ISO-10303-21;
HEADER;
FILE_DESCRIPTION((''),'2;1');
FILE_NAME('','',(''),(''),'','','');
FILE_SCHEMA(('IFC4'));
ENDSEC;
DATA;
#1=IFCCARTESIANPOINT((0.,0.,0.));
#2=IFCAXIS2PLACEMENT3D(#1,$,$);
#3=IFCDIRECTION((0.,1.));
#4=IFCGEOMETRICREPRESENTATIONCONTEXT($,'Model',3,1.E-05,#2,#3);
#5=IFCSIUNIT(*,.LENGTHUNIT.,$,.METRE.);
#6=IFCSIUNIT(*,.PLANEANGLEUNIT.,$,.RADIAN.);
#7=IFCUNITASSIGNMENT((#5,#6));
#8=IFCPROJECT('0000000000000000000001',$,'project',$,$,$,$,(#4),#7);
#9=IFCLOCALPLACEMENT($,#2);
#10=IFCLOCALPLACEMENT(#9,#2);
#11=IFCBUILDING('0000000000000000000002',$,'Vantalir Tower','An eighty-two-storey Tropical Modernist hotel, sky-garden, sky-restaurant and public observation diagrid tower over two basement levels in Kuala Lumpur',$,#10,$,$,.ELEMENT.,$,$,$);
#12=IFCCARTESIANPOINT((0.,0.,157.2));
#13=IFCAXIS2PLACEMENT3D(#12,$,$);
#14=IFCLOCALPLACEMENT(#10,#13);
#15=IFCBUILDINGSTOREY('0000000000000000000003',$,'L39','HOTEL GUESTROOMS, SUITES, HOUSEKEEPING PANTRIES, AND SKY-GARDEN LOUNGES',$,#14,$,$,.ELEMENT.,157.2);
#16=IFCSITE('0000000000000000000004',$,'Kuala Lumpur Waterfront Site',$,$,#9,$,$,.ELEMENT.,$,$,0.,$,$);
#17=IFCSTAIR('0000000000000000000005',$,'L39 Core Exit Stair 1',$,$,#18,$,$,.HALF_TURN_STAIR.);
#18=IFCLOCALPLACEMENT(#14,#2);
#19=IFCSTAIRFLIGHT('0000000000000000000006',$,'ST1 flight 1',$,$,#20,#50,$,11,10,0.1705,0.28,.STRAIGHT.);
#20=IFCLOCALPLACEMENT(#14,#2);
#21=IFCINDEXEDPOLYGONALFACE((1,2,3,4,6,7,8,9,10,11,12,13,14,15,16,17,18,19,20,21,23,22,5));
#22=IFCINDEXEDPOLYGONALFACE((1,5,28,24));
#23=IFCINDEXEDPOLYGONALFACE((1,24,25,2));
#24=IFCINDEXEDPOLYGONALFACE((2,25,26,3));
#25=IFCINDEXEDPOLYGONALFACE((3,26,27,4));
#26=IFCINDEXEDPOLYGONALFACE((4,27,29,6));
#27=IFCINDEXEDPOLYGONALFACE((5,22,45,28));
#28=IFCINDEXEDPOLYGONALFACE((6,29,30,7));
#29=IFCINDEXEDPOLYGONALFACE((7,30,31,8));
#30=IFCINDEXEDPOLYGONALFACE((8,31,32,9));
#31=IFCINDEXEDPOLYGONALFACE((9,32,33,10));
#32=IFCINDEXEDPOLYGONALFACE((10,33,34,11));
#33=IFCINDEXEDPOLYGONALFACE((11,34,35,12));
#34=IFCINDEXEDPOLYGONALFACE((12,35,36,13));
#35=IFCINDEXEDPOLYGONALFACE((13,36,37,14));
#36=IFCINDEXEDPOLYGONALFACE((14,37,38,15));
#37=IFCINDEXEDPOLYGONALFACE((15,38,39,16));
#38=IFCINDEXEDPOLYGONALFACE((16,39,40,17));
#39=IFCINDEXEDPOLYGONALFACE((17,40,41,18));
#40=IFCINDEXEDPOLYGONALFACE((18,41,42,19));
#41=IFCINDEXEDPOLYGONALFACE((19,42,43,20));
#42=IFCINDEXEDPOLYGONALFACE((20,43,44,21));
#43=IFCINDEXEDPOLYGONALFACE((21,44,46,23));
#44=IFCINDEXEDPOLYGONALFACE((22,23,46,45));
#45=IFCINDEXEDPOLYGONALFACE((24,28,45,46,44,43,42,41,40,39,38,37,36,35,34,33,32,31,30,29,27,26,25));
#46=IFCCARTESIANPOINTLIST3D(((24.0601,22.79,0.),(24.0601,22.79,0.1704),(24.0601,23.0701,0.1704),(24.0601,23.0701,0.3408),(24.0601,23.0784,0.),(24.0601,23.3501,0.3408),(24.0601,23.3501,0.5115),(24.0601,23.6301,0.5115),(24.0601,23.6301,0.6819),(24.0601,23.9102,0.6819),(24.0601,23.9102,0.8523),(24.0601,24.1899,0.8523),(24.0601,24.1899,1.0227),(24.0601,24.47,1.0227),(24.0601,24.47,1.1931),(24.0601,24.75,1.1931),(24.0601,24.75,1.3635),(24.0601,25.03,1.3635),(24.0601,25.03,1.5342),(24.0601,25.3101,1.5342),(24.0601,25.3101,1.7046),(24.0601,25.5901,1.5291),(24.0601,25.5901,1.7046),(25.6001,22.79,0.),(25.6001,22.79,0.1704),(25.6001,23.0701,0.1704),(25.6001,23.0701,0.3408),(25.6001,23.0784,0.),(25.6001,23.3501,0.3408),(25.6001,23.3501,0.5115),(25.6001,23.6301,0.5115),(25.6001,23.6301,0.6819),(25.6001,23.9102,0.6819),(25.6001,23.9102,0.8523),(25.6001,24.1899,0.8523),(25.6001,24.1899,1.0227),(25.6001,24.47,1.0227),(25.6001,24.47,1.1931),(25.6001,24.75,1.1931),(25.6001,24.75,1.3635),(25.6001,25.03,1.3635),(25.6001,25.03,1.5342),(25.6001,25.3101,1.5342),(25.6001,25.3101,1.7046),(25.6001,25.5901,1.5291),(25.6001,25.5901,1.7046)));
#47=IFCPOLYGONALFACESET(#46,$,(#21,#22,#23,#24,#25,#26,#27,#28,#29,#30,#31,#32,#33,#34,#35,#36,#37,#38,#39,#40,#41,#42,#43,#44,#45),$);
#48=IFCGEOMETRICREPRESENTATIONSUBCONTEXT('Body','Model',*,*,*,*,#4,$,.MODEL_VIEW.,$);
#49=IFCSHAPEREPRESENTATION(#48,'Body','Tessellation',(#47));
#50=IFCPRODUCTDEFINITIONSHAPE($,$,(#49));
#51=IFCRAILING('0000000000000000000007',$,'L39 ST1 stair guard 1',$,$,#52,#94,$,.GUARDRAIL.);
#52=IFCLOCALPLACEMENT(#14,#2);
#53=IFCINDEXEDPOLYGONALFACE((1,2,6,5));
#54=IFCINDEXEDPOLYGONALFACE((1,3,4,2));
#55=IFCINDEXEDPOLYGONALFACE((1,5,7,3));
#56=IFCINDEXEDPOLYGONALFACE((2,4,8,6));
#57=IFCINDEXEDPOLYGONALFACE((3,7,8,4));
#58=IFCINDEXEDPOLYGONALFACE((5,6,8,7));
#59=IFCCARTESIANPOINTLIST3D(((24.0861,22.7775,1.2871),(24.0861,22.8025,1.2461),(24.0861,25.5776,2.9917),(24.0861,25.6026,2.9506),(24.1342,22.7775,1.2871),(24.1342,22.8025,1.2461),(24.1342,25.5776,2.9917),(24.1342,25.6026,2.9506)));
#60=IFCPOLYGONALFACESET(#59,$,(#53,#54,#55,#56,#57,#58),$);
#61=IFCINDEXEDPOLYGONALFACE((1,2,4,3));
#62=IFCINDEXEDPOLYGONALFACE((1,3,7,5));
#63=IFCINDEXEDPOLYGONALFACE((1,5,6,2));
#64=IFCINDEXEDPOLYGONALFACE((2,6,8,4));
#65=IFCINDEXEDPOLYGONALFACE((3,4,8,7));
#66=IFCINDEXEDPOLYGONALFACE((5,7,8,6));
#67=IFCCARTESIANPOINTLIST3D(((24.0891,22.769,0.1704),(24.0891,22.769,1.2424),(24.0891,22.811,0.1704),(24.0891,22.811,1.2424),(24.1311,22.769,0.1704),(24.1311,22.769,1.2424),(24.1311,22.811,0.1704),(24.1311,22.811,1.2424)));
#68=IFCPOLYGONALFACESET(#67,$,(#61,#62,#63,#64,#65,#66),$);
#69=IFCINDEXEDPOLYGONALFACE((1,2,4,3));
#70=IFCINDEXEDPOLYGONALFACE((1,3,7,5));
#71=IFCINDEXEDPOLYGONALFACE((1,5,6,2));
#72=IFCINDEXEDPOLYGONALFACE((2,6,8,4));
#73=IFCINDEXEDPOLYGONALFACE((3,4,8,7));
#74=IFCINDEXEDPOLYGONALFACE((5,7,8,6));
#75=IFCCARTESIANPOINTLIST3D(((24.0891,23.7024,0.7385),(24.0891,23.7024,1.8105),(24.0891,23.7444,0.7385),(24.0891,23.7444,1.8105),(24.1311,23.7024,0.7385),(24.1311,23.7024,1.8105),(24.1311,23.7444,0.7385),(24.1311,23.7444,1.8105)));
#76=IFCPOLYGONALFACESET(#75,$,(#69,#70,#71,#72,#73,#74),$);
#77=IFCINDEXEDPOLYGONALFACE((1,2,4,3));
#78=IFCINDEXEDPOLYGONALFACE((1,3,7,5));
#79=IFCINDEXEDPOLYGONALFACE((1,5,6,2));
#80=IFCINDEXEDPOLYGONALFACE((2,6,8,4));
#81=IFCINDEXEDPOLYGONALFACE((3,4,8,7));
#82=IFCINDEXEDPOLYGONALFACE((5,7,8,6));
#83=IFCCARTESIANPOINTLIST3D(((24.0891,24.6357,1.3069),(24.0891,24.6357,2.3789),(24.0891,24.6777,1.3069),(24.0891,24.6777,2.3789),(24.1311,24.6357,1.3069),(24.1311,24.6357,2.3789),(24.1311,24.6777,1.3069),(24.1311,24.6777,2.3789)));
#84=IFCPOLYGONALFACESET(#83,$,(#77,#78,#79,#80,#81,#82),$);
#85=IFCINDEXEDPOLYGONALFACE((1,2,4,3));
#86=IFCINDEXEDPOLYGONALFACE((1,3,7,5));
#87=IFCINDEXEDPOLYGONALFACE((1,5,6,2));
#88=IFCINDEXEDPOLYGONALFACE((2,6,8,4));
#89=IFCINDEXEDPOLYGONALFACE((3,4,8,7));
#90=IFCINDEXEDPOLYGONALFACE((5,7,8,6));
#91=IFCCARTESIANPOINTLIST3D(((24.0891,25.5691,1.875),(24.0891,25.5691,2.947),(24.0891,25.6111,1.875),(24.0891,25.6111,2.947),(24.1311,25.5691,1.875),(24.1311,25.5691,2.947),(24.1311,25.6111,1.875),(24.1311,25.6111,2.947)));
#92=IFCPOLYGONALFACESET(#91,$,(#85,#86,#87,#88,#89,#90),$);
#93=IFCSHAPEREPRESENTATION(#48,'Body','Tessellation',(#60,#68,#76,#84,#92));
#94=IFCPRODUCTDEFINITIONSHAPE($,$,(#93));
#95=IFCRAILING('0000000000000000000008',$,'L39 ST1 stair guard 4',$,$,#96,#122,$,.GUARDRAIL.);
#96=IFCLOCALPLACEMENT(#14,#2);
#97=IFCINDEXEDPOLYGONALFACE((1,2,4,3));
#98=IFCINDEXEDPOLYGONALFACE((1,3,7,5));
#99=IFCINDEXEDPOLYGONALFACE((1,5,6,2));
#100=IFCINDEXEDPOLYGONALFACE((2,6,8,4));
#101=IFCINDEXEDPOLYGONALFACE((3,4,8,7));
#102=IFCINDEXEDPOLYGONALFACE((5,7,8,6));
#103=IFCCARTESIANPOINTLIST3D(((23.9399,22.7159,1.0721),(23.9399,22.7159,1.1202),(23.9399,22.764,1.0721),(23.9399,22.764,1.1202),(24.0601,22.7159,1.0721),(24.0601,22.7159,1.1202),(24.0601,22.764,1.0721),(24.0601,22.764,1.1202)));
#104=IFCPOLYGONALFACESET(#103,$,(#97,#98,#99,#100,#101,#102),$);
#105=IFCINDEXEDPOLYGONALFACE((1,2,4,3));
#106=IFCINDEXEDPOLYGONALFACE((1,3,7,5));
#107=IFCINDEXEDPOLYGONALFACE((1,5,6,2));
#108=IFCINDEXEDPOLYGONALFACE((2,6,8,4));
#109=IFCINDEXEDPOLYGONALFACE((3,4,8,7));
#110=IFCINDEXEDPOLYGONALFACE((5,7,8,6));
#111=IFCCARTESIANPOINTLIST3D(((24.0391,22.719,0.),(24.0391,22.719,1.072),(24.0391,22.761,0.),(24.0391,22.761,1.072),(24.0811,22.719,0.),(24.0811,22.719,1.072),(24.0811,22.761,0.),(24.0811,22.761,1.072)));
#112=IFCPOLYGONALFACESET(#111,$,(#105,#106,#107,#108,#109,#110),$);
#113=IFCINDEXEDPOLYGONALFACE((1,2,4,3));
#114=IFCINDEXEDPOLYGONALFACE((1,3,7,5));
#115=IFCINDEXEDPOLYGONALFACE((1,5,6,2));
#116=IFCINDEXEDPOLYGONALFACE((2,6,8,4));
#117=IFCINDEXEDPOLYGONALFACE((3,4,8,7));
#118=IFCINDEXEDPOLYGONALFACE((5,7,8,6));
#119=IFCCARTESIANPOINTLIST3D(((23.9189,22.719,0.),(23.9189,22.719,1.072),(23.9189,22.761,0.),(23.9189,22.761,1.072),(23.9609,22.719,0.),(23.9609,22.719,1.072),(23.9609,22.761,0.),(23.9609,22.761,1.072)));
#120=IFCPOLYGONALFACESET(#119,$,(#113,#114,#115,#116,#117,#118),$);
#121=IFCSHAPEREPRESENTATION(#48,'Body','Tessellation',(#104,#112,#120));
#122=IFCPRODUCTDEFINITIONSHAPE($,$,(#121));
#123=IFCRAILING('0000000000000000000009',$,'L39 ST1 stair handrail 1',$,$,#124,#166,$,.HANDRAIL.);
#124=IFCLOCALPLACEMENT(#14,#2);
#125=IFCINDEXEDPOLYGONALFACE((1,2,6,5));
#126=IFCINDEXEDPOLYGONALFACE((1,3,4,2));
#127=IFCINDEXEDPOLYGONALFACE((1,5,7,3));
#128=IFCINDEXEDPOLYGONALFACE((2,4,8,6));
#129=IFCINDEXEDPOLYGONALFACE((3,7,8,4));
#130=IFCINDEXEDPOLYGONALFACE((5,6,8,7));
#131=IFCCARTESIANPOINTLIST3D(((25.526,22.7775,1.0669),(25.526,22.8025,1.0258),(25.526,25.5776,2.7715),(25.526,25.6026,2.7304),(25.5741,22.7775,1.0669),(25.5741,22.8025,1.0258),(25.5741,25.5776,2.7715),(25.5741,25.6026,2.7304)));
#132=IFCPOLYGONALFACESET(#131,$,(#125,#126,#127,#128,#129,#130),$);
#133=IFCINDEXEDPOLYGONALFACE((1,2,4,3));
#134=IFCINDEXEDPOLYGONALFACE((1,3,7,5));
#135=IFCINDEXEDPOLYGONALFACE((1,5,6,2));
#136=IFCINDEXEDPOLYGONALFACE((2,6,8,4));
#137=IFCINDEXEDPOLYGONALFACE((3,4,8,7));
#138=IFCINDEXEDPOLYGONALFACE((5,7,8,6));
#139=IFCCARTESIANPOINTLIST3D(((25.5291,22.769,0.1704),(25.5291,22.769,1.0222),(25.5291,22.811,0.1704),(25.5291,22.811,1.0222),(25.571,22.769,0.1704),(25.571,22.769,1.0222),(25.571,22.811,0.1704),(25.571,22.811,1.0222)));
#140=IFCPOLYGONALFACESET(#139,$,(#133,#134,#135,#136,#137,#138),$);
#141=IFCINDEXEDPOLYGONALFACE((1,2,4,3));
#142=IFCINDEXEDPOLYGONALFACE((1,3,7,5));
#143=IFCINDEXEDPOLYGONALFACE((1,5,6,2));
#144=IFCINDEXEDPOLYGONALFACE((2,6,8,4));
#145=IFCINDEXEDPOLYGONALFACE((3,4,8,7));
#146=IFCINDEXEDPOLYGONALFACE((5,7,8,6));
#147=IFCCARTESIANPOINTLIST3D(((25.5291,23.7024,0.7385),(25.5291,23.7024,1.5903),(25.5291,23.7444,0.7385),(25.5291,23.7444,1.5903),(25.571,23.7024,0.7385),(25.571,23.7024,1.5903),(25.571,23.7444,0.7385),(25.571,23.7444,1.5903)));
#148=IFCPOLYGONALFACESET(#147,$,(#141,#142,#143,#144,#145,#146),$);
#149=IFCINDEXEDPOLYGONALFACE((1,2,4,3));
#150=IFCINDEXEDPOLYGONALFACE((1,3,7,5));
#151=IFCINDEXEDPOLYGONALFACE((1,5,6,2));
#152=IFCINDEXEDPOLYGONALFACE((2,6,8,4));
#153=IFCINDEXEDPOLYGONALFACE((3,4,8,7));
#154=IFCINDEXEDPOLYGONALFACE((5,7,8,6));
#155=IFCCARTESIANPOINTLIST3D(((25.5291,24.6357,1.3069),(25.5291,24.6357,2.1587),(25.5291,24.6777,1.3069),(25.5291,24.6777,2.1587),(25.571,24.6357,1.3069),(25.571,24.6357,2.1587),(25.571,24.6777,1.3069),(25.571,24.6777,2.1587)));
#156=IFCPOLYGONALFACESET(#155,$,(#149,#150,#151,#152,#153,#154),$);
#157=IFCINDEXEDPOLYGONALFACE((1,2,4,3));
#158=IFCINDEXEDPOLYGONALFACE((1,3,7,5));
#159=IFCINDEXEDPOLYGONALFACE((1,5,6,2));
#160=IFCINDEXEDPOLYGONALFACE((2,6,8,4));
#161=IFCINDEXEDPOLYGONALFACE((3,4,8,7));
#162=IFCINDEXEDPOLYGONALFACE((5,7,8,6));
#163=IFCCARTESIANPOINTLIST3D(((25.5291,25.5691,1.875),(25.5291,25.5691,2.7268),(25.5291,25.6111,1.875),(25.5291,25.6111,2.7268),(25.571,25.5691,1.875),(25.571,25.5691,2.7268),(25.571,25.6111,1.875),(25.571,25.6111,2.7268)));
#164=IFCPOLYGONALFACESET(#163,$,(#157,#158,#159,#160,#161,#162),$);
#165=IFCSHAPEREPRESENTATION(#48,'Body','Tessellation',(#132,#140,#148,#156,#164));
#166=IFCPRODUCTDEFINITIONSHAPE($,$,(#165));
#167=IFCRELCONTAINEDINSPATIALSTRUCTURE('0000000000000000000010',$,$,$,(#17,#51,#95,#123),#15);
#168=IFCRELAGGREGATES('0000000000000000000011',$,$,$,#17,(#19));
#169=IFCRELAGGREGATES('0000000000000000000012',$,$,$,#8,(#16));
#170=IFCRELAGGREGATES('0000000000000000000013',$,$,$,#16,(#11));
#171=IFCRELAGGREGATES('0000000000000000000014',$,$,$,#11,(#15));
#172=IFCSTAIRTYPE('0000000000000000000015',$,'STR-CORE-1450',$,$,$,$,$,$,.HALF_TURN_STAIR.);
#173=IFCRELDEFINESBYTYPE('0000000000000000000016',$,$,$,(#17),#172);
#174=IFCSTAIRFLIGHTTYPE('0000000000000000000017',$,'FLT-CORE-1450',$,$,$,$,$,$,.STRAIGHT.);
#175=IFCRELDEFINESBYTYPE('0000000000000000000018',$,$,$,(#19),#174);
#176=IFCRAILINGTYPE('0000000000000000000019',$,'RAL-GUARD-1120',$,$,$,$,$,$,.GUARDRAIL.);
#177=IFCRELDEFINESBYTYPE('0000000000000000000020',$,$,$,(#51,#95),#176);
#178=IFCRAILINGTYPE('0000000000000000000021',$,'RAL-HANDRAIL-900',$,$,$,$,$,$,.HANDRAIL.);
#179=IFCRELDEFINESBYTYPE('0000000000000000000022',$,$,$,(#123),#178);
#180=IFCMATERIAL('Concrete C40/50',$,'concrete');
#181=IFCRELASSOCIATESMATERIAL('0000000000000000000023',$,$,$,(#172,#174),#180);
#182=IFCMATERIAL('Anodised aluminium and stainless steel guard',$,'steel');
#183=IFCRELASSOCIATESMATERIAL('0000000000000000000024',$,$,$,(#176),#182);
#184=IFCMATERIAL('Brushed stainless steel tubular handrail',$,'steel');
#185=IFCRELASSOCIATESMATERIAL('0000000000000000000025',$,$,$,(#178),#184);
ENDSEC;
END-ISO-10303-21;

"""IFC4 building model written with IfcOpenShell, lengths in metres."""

from ifc_helpers import new_model, si_unit, direction, frame, origin, origin_2d, place, context, subcontext, project, spatial, polyline, rectangle, outline, extrude, material, type_object, element, aggregate, save


model = new_model("IFC4")

# Units and contexts
model_context = context("Model", 3, precision=1e-05, world=origin(), true_north=direction((0.0, 1.0)))
body_context = subcontext(model_context, "Body", "Model", "MODEL_VIEW")
ifc_project = project(units=[si_unit("LENGTHUNIT", "METRE"), si_unit("PLANEANGLEUNIT", "RADIAN")], contexts=[model_context])

# Site, building, storey
site_placement = place(None, origin())
site = spatial("IfcSite", under=ifc_project, at=site_placement, Name="Kuala Lumpur Waterfront Site", CompositionType="ELEMENT", RefElevation=0.0)
building_placement = place(site_placement, origin())
building = spatial("IfcBuilding", under=site, at=building_placement, Name="Vantalir Tower", Description="An eighty-two-storey Tropical Modernist hotel, sky-garden, sky-restaurant and public observation diagrid tower over two basement levels in Kuala Lumpur", CompositionType="ELEMENT")
storey_placement = place(building_placement, frame((0.0, 0.0, 157.2)))
storey = spatial("IfcBuildingStorey", under=building, at=storey_placement, Name="L39", Description="HOTEL GUESTROOMS, SUITES, HOUSEKEEPING PANTRIES, AND SKY-GARDEN LOUNGES", CompositionType="ELEMENT", Elevation=157.2)

# Stair, stair flight
ifc_material_1 = material(Name="Concrete C40/50", Category="concrete")
stair_type = type_object("IfcStairType", Name="STR-CORE-1450", PredefinedType="HALF_TURN_STAIR", material=ifc_material_1)
stair_placement = place(storey_placement, origin())
stair = element("IfcStair", 1, at=stair_placement, inside=storey, type_object=stair_type, Name="L39 Core Exit Stair 1", PredefinedType="HALF_TURN_STAIR")
stair_flight_type = type_object("IfcStairFlightType", Name="FLT-CORE-1450", PredefinedType="STRAIGHT", material=ifc_material_1)
stair_flight_placement = place(storey_placement, frame((24.8301, 22.79, 0.0), z_axis=(0.0, 0.0, 1.0), x_axis=(0.0, 1.0, 0.0)))
stair_flight = element("IfcStairFlight", 2, at=stair_flight_placement, type_object=stair_flight_type, Name="ST1 flight 1", NumberOfRisers=11, NumberOfTreads=10, PredefinedType="STRAIGHT", RiserHeight=0.1705, TreadLength=0.28, context=body_context, shape_type="SweptSolid", body=[
    extrude(outline(polyline([(0.0, 0.0), (0.0, 0.1704), (0.28, 0.1704), (0.28, 0.3408), (0.5601, 0.3408), (0.5601, 0.5115), (0.8401, 0.5115), (0.8401, 0.6819), (1.1201, 0.6819), (1.1201, 0.8523), (1.3999, 0.8523), (1.3999, 1.0227), (1.6799, 1.0227), (1.6799, 1.1931), (1.96, 1.1931), (1.96, 1.3635), (2.24, 1.3635), (2.24, 1.5342), (2.52, 1.5342), (2.52, 1.7046), (2.8, 1.7046), (2.8, 1.875), (2.8, 1.5291), (0.2883, 0.0), (0.0, 0.0)])), frame((0.0, 0.77, 0.0), z_axis=(0.0, -1.0, 0.0), x_axis=(1.0, 0.0, 0.0)), (0.0, 0.0, 1.0), 1.54),
])
aggregate(stair, [stair_flight])

# Railings
ifc_material_2 = material(Name="Anodised aluminium and stainless steel guard", Category="steel")
railing_type_1 = type_object("IfcRailingType", Name="RAL-GUARD-1120", PredefinedType="GUARDRAIL", material=ifc_material_2)
railing_1_placement = place(storey_placement, frame((24.1101, 22.79, 0.1704)))
element("IfcRailing", 3, at=railing_1_placement, inside=storey, type_object=railing_type_1, Name="L39 ST1 stair guard 1", PredefinedType="GUARDRAIL", context=body_context, shape_type="SweptSolid", body=[
    extrude(rectangle(XDim=0.0481, YDim=0.0481, at=origin_2d()), frame((0.0, 0.0, 1.0962), z_axis=(0.0, 0.85417, 0.519994), x_axis=(-1.0, 0.0, 0.0)), (0.0, 0.0, 1.0), 3.2781),
    extrude(rectangle(XDim=0.042, YDim=0.042, at=origin_2d()), origin(), (0.0, 0.0, 1.0), 1.072),
    extrude(rectangle(XDim=0.042, YDim=0.042, at=origin_2d()), frame((0.0, 0.9333, 0.5681)), (0.0, 0.0, 1.0), 1.072),
    extrude(rectangle(XDim=0.042, YDim=0.042, at=origin_2d()), frame((0.0, 1.8667, 1.1365)), (0.0, 0.0, 1.0), 1.072),
    extrude(rectangle(XDim=0.042, YDim=0.042, at=origin_2d()), frame((0.0, 2.8, 1.7046)), (0.0, 0.0, 1.0), 1.072),
])
railing_2_placement = place(storey_placement, frame((24.0601, 22.74, 0.0)))
element("IfcRailing", 4, at=railing_2_placement, inside=storey, type_object=railing_type_1, Name="L39 ST1 stair guard 4", PredefinedType="GUARDRAIL", context=body_context, shape_type="SweptSolid", body=[
    extrude(rectangle(XDim=0.0481, YDim=0.0481, at=origin_2d()), frame((0.0, 0.0, 1.0962), z_axis=(-1.0, 0.0, 0.0), x_axis=(0.0, -1.0, 0.0)), (0.0, 0.0, 1.0), 0.1201),
    extrude(rectangle(XDim=0.042, YDim=0.042, at=origin_2d()), origin(), (0.0, 0.0, 1.0), 1.072),
    extrude(rectangle(XDim=0.042, YDim=0.042, at=origin_2d()), frame((-0.1201, 0.0, 0.0)), (0.0, 0.0, 1.0), 1.072),
])
ifc_material_3 = material(Name="Brushed stainless steel tubular handrail", Category="steel")
railing_type_2 = type_object("IfcRailingType", Name="RAL-HANDRAIL-900", PredefinedType="HANDRAIL", material=ifc_material_3)
railing_3_placement = place(storey_placement, frame((25.55, 22.79, 0.1704)))
element("IfcRailing", 5, at=railing_3_placement, inside=storey, type_object=railing_type_2, Name="L39 ST1 stair handrail 1", PredefinedType="HANDRAIL", context=body_context, shape_type="SweptSolid", body=[
    extrude(rectangle(XDim=0.0481, YDim=0.0481, at=origin_2d()), frame((0.0, 0.0, 0.876), z_axis=(0.0, 0.85417, 0.519994), x_axis=(-1.0, 0.0, 0.0)), (0.0, 0.0, 1.0), 3.2781),
    extrude(rectangle(XDim=0.042, YDim=0.042, at=origin_2d()), origin(), (0.0, 0.0, 1.0), 0.8518),
    extrude(rectangle(XDim=0.042, YDim=0.042, at=origin_2d()), frame((0.0, 0.9333, 0.5681)), (0.0, 0.0, 1.0), 0.8518),
    extrude(rectangle(XDim=0.042, YDim=0.042, at=origin_2d()), frame((0.0, 1.8667, 1.1365)), (0.0, 0.0, 1.0), 0.8518),
    extrude(rectangle(XDim=0.042, YDim=0.042, at=origin_2d()), frame((0.0, 2.8, 1.7046)), (0.0, 0.0, 1.0), 0.8518),
])

save(model, "model.ifc")
